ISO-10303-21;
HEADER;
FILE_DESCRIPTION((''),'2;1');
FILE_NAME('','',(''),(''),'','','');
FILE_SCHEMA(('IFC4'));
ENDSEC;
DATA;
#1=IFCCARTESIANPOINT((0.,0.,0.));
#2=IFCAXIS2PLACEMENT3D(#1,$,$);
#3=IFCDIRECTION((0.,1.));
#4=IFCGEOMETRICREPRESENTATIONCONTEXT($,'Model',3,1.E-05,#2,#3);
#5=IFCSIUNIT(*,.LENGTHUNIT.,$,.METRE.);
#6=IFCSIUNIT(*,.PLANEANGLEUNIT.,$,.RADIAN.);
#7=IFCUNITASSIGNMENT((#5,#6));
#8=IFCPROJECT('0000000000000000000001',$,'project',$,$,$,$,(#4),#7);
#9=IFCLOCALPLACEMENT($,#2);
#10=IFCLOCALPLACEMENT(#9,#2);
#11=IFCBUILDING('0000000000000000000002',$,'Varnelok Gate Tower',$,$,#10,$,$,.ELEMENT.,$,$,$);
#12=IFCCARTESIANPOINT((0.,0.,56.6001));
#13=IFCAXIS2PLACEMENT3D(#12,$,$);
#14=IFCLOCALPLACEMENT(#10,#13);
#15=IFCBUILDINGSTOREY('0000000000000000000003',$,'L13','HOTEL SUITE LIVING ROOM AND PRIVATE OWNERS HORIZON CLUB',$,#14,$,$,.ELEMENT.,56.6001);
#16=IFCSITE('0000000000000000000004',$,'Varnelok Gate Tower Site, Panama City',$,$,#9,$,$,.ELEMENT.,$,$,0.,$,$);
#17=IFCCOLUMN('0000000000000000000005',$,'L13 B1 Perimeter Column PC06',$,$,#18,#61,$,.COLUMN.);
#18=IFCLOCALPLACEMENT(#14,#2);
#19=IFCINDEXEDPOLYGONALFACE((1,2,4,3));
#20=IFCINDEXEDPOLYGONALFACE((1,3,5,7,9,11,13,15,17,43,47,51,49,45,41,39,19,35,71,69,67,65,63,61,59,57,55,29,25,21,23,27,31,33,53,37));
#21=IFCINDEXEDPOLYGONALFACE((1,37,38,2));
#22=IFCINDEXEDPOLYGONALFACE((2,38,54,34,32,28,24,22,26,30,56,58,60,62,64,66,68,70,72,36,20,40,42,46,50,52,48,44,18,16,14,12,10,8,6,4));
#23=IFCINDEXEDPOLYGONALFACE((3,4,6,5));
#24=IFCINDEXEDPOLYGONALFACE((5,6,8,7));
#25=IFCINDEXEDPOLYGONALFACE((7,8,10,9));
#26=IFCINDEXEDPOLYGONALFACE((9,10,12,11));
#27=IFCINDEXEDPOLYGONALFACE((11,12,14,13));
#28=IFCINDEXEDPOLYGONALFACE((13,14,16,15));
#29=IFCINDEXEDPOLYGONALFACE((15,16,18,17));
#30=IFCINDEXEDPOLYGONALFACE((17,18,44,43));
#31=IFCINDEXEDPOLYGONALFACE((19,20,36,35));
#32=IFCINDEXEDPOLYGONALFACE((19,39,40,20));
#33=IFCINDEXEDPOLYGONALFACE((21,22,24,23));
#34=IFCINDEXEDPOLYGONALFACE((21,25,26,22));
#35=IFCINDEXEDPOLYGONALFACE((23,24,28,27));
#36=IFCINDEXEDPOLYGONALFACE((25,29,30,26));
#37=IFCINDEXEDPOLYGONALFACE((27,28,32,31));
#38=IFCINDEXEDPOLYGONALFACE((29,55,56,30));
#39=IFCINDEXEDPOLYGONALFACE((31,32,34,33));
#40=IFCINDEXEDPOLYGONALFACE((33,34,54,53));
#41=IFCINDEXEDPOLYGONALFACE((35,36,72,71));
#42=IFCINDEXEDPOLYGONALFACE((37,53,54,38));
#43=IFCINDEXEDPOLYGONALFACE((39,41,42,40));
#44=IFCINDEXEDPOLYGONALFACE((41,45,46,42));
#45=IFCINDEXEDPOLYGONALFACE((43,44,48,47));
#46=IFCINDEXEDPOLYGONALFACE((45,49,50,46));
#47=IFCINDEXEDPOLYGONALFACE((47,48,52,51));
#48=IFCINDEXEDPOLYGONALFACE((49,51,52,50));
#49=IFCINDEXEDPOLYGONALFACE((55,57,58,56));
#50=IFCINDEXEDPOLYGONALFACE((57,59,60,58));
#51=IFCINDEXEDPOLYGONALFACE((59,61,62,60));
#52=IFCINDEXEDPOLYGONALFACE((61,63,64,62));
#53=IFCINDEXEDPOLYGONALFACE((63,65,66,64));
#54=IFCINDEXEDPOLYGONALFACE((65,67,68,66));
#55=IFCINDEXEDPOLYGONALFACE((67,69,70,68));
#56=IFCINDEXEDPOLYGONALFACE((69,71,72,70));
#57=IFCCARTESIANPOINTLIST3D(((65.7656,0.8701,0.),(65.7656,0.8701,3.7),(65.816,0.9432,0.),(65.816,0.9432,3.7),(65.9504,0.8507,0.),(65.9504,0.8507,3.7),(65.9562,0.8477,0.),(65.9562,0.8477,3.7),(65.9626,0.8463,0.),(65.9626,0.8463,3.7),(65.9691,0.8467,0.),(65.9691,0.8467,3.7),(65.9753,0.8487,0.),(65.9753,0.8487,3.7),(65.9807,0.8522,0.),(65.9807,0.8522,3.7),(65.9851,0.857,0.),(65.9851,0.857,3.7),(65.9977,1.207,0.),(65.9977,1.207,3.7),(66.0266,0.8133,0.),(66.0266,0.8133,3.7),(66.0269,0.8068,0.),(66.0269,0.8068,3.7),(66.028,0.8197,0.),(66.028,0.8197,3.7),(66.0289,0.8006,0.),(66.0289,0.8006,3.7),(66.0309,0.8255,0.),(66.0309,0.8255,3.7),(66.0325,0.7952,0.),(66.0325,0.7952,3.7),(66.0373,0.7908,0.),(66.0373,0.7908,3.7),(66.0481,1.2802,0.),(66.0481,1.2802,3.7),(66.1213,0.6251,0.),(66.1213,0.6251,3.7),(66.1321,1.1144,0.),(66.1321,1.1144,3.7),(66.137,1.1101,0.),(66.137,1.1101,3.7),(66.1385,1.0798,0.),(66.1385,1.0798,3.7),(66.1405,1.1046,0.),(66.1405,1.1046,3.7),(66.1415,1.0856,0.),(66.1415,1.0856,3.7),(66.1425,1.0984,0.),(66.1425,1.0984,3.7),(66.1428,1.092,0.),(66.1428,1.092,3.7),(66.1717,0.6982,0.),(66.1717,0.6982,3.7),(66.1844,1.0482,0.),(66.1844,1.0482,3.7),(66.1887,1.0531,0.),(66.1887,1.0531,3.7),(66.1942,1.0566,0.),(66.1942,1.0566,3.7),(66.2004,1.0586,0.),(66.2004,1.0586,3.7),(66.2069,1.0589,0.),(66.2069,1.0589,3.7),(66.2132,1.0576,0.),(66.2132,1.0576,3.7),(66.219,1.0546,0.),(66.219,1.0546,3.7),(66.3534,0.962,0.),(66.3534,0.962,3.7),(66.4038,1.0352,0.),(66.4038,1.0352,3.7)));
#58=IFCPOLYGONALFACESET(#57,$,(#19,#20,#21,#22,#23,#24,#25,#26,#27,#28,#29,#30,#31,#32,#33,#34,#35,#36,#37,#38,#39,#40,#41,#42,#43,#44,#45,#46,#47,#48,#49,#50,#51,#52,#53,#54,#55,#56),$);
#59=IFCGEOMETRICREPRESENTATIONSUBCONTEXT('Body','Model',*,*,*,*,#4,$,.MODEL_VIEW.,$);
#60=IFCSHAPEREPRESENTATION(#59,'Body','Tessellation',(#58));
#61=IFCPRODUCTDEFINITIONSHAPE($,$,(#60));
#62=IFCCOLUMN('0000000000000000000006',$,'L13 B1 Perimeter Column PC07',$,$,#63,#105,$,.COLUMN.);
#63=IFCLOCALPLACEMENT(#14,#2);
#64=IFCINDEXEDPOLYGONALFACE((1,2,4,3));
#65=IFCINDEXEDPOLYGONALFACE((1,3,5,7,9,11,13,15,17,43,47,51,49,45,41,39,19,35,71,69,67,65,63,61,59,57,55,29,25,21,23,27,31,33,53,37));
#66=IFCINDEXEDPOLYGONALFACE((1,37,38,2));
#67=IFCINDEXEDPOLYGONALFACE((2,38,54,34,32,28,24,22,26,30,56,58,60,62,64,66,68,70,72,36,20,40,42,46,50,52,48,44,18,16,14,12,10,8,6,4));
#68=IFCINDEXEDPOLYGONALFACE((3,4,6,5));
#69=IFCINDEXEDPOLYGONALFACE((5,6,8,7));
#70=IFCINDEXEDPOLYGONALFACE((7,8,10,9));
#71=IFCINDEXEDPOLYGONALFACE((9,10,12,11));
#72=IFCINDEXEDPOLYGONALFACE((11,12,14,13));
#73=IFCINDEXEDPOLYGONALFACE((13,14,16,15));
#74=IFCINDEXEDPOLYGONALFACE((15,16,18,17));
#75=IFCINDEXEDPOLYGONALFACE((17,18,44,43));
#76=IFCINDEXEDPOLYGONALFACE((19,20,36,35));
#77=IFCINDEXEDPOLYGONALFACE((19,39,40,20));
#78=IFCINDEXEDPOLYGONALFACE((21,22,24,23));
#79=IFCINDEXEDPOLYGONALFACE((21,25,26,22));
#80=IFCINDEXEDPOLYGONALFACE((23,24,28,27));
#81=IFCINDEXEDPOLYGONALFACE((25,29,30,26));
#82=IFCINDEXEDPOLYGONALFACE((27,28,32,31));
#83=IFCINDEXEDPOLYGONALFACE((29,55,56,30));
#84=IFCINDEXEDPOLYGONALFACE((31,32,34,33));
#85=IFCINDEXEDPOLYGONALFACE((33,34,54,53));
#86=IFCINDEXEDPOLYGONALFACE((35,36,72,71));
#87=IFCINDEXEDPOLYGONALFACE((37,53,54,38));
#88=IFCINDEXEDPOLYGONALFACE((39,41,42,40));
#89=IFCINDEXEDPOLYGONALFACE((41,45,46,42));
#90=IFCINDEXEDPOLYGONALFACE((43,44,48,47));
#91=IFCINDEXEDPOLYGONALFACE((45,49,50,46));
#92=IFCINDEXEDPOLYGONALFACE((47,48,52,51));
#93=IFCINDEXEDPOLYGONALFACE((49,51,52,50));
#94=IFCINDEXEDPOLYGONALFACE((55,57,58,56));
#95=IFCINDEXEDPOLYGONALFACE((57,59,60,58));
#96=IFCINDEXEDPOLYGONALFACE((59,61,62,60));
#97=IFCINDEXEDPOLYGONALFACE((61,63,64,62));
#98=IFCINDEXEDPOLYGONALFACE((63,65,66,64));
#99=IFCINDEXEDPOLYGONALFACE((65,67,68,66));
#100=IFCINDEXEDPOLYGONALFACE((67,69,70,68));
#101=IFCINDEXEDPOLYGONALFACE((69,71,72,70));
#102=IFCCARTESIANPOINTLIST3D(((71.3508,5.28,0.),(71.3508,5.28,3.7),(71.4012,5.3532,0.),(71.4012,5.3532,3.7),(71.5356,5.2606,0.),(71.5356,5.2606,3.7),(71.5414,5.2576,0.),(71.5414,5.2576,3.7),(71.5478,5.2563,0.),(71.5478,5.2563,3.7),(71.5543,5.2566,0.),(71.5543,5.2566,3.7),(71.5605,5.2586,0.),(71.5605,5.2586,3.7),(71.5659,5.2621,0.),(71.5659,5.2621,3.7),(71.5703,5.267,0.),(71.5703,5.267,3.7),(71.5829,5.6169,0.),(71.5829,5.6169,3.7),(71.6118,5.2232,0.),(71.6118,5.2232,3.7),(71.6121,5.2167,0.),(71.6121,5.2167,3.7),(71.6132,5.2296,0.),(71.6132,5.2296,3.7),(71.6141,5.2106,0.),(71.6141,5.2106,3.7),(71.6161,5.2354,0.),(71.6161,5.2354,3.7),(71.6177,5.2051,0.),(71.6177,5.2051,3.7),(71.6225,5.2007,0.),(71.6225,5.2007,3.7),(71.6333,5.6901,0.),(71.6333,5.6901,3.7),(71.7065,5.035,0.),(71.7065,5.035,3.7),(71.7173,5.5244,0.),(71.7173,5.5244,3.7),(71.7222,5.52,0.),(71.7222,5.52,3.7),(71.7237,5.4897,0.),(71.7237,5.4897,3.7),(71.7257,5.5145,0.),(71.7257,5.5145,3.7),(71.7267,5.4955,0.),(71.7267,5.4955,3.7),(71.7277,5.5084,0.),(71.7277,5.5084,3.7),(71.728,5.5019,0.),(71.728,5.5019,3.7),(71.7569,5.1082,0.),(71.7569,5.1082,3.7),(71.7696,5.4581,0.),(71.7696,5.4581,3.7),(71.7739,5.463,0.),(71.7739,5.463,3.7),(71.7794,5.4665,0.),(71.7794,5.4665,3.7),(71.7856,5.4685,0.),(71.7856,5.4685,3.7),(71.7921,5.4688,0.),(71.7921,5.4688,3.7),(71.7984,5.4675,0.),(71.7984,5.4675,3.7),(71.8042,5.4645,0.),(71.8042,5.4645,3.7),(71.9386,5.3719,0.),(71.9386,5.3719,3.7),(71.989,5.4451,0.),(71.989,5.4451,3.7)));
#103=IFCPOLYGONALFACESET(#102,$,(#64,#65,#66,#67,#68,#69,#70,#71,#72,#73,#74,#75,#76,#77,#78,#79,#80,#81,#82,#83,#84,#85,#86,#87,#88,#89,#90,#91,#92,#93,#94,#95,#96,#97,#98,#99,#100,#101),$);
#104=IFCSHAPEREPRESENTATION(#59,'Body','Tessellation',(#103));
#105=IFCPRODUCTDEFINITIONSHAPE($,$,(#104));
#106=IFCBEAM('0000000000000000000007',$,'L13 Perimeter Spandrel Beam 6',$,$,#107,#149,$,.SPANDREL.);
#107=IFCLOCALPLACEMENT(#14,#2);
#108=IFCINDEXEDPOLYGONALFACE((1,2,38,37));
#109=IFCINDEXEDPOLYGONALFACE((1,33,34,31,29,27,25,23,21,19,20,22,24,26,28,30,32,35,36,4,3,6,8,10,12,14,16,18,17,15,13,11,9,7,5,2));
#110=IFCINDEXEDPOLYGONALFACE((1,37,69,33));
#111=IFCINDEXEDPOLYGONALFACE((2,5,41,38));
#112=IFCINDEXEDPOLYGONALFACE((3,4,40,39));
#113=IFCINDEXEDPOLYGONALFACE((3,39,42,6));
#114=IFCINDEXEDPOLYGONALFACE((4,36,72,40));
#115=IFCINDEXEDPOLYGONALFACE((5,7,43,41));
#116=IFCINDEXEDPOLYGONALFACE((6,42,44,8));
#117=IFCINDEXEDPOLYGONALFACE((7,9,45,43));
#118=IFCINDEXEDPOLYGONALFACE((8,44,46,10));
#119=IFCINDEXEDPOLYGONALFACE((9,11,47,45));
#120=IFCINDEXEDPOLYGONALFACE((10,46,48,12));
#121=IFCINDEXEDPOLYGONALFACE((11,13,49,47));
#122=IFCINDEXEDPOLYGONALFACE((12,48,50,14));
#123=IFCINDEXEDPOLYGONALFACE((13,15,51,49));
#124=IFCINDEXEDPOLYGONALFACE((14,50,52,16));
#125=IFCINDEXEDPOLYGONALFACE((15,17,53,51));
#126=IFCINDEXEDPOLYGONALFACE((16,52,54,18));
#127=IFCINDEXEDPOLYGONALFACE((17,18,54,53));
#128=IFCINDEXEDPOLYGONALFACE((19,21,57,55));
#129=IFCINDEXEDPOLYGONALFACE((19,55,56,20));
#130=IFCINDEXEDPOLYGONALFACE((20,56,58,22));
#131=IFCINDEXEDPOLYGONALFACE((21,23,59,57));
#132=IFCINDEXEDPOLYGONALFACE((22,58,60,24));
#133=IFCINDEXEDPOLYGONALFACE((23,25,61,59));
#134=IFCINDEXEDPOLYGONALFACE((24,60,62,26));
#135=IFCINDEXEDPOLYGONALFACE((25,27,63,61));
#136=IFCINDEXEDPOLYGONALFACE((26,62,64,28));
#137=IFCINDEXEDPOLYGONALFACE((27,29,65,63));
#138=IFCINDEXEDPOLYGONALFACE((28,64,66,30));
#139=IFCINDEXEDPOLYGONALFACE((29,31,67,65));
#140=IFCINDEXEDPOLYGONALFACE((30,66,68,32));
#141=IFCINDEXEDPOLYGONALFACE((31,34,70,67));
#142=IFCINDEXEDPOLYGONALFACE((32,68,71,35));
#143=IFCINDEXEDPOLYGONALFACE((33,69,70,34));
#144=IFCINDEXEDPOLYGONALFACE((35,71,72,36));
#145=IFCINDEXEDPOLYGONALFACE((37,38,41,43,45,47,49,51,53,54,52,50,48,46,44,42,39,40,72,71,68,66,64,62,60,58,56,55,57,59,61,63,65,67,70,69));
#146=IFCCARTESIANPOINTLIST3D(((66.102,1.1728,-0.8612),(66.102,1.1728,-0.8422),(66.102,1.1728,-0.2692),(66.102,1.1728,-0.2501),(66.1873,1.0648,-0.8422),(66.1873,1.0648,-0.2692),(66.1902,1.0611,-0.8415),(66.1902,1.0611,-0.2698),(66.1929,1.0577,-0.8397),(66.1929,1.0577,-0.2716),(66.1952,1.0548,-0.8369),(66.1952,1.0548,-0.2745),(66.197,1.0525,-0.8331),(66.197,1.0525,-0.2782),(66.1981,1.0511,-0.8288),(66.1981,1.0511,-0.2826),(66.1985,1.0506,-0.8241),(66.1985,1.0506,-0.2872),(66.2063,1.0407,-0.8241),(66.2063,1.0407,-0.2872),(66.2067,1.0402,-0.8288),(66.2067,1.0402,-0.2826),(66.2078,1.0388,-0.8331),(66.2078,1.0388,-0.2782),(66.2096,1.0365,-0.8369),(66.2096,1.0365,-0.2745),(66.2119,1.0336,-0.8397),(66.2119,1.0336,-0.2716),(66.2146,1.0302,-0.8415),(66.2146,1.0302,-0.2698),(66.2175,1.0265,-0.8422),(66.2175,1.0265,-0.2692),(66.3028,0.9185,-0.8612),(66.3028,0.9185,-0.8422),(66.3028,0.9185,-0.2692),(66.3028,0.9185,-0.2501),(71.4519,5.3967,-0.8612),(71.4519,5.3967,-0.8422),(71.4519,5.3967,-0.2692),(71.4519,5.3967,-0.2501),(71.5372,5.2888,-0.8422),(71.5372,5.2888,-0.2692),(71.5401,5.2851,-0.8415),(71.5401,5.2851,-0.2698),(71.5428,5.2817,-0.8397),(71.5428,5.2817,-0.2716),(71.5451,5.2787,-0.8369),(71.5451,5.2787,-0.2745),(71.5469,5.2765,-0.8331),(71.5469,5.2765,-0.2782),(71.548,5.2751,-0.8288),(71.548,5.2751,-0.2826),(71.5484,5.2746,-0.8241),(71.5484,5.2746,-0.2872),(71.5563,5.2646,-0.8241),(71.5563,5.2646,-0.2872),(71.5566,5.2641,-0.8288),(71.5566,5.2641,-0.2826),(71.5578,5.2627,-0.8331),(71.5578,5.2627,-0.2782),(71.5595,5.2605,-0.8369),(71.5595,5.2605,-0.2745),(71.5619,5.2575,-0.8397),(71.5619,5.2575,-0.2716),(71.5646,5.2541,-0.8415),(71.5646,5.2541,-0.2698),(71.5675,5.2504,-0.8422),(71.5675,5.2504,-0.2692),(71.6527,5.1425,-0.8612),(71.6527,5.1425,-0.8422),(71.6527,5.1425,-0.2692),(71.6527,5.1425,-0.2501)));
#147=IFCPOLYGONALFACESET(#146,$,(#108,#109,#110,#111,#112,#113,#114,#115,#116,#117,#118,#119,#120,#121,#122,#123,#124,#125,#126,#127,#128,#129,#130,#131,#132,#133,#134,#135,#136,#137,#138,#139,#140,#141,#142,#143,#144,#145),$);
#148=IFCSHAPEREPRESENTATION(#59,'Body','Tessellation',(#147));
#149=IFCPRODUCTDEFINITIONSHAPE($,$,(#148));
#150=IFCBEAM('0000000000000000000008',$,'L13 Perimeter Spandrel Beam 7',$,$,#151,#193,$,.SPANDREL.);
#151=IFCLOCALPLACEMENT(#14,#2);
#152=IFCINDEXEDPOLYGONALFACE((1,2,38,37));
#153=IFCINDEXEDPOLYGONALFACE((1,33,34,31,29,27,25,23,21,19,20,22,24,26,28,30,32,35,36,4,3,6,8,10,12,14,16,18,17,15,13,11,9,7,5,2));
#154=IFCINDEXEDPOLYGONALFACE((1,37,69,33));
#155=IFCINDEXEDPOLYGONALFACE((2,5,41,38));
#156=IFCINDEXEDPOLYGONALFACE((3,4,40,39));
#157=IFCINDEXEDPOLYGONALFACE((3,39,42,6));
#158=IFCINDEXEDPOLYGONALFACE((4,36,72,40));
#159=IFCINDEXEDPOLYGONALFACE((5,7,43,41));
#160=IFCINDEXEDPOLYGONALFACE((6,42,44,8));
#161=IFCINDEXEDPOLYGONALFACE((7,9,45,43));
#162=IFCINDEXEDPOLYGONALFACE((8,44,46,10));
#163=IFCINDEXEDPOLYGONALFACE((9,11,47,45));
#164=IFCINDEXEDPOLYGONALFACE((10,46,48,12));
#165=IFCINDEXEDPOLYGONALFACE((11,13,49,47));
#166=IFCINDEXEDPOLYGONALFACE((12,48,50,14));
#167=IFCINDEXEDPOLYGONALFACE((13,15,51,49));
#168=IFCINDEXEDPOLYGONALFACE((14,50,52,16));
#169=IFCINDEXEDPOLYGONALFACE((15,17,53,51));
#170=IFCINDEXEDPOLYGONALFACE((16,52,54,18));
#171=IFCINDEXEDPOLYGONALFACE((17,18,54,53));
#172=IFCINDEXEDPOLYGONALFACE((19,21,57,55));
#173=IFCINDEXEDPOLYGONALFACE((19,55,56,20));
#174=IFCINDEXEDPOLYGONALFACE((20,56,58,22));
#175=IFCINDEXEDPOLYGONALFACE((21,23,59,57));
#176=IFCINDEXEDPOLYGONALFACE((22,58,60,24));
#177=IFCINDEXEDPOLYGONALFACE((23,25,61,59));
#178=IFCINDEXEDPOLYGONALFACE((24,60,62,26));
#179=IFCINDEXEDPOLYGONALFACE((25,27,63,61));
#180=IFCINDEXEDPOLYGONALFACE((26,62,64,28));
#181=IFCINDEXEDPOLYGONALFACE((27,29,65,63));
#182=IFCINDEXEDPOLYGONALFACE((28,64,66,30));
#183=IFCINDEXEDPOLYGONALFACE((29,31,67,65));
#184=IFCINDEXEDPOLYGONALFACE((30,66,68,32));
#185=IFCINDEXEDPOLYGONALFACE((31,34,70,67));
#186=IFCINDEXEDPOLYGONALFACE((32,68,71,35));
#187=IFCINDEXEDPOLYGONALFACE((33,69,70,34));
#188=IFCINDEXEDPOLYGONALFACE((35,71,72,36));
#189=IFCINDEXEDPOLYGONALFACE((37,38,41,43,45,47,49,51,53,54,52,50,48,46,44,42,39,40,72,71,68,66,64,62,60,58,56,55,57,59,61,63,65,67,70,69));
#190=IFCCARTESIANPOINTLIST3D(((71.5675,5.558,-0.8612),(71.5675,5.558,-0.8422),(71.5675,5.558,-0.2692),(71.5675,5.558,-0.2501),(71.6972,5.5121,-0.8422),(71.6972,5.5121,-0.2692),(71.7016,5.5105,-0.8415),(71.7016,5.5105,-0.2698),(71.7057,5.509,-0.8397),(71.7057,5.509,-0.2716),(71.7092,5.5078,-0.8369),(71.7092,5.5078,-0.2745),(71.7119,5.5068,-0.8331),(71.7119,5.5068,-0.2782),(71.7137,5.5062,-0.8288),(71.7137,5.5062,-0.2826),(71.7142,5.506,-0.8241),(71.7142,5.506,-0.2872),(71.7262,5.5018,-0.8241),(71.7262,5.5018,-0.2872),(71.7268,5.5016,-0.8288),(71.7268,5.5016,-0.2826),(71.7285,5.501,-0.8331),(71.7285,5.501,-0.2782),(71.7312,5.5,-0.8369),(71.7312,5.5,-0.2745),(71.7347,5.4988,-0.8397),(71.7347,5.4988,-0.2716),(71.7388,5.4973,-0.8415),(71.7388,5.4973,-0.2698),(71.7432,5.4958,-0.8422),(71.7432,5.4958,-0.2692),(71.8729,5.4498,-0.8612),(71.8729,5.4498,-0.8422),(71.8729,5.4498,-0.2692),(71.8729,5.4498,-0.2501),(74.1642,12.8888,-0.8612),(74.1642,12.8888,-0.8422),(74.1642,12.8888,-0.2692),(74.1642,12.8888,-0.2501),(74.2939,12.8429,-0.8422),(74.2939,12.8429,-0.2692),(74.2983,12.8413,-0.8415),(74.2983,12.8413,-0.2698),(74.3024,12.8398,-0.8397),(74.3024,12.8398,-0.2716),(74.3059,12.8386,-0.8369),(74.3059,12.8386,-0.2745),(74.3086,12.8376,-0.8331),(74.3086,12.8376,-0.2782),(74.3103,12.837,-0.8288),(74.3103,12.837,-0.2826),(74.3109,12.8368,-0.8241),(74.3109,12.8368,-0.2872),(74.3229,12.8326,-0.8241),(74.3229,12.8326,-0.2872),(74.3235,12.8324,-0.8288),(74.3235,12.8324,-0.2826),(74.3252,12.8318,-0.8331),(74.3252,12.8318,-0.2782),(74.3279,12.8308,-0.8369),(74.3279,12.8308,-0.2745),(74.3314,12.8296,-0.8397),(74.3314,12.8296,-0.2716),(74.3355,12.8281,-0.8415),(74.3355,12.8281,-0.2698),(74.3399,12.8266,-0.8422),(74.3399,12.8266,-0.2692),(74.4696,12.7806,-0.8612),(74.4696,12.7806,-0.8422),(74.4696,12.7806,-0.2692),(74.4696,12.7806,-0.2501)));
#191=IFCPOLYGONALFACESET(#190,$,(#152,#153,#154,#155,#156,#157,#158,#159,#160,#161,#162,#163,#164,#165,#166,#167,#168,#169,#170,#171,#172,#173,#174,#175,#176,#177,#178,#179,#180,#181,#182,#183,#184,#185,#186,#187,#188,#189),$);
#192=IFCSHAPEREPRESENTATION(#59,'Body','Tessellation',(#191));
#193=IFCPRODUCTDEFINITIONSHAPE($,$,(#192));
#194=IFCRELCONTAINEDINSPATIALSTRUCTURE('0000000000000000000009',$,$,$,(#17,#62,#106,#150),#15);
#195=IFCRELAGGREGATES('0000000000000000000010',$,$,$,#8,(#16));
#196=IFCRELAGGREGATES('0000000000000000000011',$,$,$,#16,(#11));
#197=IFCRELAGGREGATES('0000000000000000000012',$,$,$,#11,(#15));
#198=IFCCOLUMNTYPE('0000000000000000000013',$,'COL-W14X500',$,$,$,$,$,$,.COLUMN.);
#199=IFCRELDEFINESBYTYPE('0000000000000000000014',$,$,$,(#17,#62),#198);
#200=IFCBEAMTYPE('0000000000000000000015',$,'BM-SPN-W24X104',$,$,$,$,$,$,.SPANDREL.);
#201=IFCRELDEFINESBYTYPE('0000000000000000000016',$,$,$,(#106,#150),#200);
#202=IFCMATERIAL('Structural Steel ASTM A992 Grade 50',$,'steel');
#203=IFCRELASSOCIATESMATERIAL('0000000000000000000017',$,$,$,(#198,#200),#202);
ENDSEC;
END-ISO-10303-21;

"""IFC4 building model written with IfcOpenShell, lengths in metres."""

from ifc_helpers import new_model, si_unit, direction, frame, origin, origin_2d, place, context, subcontext, project, spatial, i_section, extrude, material, material_profile, profile_set, type_object, element, save


model = new_model("IFC4")

# Units and contexts
model_context = context("Model", 3, precision=1e-05, world=origin(), true_north=direction((0.0, 1.0)))
body_context = subcontext(model_context, "Body", "Model", "MODEL_VIEW")
ifc_project = project(units=[si_unit("LENGTHUNIT", "METRE"), si_unit("PLANEANGLEUNIT", "RADIAN")], contexts=[model_context])

# Site, building, storey
site_placement = place(None, origin())
site = spatial("IfcSite", under=ifc_project, at=site_placement, Name="Varnelok Gate Tower Site, Panama City", CompositionType="ELEMENT", RefElevation=0.0)
building_placement = place(site_placement, origin())
building = spatial("IfcBuilding", under=site, at=building_placement, Name="Varnelok Gate Tower", CompositionType="ELEMENT")
storey_placement = place(building_placement, frame((0.0, 0.0, 56.6001)))
storey = spatial("IfcBuildingStorey", under=building, at=storey_placement, Name="L13", Description="HOTEL SUITE LIVING ROOM AND PRIVATE OWNERS HORIZON CLUB", CompositionType="ELEMENT", Elevation=56.6001)

# Columns
ifc_material_1 = material(Name="Structural Steel ASTM A992 Grade 50", Category="steel")
ifc_material_profile_1 = material_profile(ifc_material_1, i_section(OverallWidth=0.4319, OverallDepth=0.498, WebThickness=0.0557, FlangeThickness=0.0889, FilletRadius=0.0249, at=origin_2d()), Name="W14X500")
ifc_profile_set_1 = profile_set([ifc_material_profile_1], Name="Structural Steel ASTM A992 Grade 50")
column_type = type_object("IfcColumnType", Name="COL-W14X500", PredefinedType="COLUMN", material=ifc_profile_set_1)
for number, where, z_axis, x_axis, name in (
    (1, (66.0847, 0.9526, 0.0), (0.0, 0.0, 1.0), (0.823533, -0.567269, 0.0), "L13 B1 Perimeter Column PC06"),
    (2, (71.6699, 5.3625, 0.0), (0.0, 0.0, 1.0), (0.823533, -0.567269, 0.0), "L13 B1 Perimeter Column PC07"),
):
    element("IfcColumn", number, at=place(storey_placement, frame(where, z_axis=z_axis, x_axis=x_axis)), inside=storey, type_object=column_type, Name=name, PredefinedType="COLUMN", context=body_context, shape_type="SweptSolid", body=[
        extrude(i_section(OverallWidth=0.4319, OverallDepth=0.498, WebThickness=0.0557, FlangeThickness=0.0889, FilletRadius=0.0249, at=origin_2d()), origin(), (0.0, 0.0, 1.0), 3.7),
    ])

# Beams
ifc_material_profile_2 = material_profile(ifc_material_1, i_section(OverallWidth=0.324, OverallDepth=0.6111, WebThickness=0.0127, FlangeThickness=0.019, FilletRadius=0.0181, at=origin_2d()), Name="W24X104")
ifc_profile_set_2 = profile_set([ifc_material_profile_2], Name="Structural Steel ASTM A992 Grade 50")
beam_type = type_object("IfcBeamType", Name="BM-SPN-W24X104", PredefinedType="SPANDREL", material=ifc_profile_set_2)
beam_1_placement = place(storey_placement, frame((66.2024, 1.0457, -0.5557), z_axis=(0.784861, 0.619672, 0.0), x_axis=(-0.619672, 0.784861, 0.0)))
element("IfcBeam", 3, at=beam_1_placement, inside=storey, type_object=beam_type, Name="L13 Perimeter Spandrel Beam 6", PredefinedType="SPANDREL", context=body_context, shape_type="SweptSolid", body=[
    extrude(i_section(OverallWidth=0.324, OverallDepth=0.6111, WebThickness=0.0127, FlangeThickness=0.019, FilletRadius=0.0181, at=origin_2d()), origin(), (0.0, 0.0, 1.0), 6.8164),
])
beam_2_placement = place(storey_placement, frame((71.7202, 5.5039, -0.5557), z_axis=(0.333887, 0.942613, 0.0), x_axis=(-0.942613, 0.333887, 0.0)))
element("IfcBeam", 4, at=beam_2_placement, inside=storey, type_object=beam_type, Name="L13 Perimeter Spandrel Beam 7", PredefinedType="SPANDREL", context=body_context, shape_type="SweptSolid", body=[
    extrude(i_section(OverallWidth=0.324, OverallDepth=0.6111, WebThickness=0.0127, FlangeThickness=0.019, FilletRadius=0.0181, at=origin_2d()), origin(), (0.0, 0.0, 1.0), 7.7771),
])

save(model, "model.ifc")
